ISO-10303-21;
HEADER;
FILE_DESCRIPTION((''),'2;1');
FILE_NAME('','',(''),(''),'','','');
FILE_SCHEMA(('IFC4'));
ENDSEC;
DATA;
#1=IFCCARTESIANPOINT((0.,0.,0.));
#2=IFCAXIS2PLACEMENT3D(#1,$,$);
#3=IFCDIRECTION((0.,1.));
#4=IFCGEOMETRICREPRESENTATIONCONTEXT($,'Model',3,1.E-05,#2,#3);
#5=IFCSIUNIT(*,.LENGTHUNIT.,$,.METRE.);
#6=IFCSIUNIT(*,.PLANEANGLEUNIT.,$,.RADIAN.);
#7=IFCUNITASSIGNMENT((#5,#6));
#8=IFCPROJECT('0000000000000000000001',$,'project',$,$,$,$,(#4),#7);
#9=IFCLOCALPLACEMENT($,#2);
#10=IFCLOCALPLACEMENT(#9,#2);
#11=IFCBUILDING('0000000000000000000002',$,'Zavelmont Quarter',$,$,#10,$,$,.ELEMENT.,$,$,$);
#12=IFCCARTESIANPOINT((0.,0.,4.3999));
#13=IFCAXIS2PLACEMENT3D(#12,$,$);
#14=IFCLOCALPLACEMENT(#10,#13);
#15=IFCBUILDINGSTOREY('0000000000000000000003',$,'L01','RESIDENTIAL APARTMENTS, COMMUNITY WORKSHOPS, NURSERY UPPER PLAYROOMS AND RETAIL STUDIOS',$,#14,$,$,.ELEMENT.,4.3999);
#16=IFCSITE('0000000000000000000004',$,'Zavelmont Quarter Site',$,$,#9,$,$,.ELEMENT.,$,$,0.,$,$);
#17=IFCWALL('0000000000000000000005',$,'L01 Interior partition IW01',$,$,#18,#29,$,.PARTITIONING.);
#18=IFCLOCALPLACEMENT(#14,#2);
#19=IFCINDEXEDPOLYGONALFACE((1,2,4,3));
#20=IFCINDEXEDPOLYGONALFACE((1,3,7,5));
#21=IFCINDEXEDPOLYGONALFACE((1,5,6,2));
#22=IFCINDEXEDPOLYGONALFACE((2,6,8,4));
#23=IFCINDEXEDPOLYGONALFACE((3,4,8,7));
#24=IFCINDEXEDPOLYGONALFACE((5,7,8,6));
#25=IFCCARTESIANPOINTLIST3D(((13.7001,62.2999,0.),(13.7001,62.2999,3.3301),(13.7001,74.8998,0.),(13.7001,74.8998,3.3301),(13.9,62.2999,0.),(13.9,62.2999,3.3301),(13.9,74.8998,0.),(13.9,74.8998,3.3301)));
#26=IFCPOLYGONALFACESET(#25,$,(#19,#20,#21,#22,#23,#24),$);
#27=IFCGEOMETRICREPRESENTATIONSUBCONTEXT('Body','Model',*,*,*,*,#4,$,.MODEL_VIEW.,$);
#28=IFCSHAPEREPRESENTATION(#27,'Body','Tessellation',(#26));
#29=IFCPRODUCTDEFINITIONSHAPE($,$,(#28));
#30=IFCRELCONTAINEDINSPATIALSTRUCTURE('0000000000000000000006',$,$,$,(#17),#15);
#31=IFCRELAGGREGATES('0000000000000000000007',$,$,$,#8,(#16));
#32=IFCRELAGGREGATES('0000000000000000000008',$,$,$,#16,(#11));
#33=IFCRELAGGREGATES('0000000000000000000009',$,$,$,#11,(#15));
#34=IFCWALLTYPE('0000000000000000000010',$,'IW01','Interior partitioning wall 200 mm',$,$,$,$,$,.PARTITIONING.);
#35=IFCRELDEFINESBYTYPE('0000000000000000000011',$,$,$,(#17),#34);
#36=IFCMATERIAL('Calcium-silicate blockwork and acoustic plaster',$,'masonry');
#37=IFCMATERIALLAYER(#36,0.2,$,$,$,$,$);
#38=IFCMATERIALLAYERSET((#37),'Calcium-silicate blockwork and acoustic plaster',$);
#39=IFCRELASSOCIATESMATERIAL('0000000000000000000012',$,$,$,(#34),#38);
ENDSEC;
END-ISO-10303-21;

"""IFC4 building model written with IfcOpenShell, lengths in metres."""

from ifc_helpers import new_model, si_unit, direction, frame, frame_2d, origin, place, context, subcontext, project, spatial, rectangle, extrude, material, layer, layer_set, type_object, element, save


model = new_model("IFC4")

# Units and contexts
model_context = context("Model", 3, precision=1e-05, world=origin(), true_north=direction((0.0, 1.0)))
body_context = subcontext(model_context, "Body", "Model", "MODEL_VIEW")
ifc_project = project(units=[si_unit("LENGTHUNIT", "METRE"), si_unit("PLANEANGLEUNIT", "RADIAN")], contexts=[model_context])

# Site, building, storey
site_placement = place(None, origin())
site = spatial("IfcSite", under=ifc_project, at=site_placement, Name="Zavelmont Quarter Site", CompositionType="ELEMENT", RefElevation=0.0)
building_placement = place(site_placement, origin())
building = spatial("IfcBuilding", under=site, at=building_placement, Name="Zavelmont Quarter", CompositionType="ELEMENT")
storey_placement = place(building_placement, frame((0.0, 0.0, 4.3999)))
storey = spatial("IfcBuildingStorey", under=building, at=storey_placement, Name="L01", Description="RESIDENTIAL APARTMENTS, COMMUNITY WORKSHOPS, NURSERY UPPER PLAYROOMS AND RETAIL STUDIOS", CompositionType="ELEMENT", Elevation=4.3999)

# Wall
ifc_material_1 = material(Name="Calcium-silicate blockwork and acoustic plaster", Category="masonry")
ifc_layer_1 = layer(ifc_material_1, 0.2)
ifc_layer_set_1 = layer_set([ifc_layer_1], Name="Calcium-silicate blockwork and acoustic plaster")
wall_type_1 = type_object("IfcWallType", Name="IW01", Description="Interior partitioning wall 200 mm", PredefinedType="PARTITIONING", material=ifc_layer_set_1)
wall_placement = place(storey_placement, frame((13.8, 62.3, 0.0), z_axis=(0.0, 0.0, 1.0), x_axis=(0.0, 1.0, 0.0)))
element("IfcWall", 1, at=wall_placement, inside=storey, type_object=wall_type_1, Name="L01 Interior partition IW01", PredefinedType="PARTITIONING", context=body_context, shape_type="SweptSolid", body=[
    extrude(rectangle(XDim=12.5999, YDim=0.2, at=frame_2d((6.2998, 0.0))), origin(), (0.0, 0.0, 1.0), 3.3301),
])

save(model, "model.ifc")
